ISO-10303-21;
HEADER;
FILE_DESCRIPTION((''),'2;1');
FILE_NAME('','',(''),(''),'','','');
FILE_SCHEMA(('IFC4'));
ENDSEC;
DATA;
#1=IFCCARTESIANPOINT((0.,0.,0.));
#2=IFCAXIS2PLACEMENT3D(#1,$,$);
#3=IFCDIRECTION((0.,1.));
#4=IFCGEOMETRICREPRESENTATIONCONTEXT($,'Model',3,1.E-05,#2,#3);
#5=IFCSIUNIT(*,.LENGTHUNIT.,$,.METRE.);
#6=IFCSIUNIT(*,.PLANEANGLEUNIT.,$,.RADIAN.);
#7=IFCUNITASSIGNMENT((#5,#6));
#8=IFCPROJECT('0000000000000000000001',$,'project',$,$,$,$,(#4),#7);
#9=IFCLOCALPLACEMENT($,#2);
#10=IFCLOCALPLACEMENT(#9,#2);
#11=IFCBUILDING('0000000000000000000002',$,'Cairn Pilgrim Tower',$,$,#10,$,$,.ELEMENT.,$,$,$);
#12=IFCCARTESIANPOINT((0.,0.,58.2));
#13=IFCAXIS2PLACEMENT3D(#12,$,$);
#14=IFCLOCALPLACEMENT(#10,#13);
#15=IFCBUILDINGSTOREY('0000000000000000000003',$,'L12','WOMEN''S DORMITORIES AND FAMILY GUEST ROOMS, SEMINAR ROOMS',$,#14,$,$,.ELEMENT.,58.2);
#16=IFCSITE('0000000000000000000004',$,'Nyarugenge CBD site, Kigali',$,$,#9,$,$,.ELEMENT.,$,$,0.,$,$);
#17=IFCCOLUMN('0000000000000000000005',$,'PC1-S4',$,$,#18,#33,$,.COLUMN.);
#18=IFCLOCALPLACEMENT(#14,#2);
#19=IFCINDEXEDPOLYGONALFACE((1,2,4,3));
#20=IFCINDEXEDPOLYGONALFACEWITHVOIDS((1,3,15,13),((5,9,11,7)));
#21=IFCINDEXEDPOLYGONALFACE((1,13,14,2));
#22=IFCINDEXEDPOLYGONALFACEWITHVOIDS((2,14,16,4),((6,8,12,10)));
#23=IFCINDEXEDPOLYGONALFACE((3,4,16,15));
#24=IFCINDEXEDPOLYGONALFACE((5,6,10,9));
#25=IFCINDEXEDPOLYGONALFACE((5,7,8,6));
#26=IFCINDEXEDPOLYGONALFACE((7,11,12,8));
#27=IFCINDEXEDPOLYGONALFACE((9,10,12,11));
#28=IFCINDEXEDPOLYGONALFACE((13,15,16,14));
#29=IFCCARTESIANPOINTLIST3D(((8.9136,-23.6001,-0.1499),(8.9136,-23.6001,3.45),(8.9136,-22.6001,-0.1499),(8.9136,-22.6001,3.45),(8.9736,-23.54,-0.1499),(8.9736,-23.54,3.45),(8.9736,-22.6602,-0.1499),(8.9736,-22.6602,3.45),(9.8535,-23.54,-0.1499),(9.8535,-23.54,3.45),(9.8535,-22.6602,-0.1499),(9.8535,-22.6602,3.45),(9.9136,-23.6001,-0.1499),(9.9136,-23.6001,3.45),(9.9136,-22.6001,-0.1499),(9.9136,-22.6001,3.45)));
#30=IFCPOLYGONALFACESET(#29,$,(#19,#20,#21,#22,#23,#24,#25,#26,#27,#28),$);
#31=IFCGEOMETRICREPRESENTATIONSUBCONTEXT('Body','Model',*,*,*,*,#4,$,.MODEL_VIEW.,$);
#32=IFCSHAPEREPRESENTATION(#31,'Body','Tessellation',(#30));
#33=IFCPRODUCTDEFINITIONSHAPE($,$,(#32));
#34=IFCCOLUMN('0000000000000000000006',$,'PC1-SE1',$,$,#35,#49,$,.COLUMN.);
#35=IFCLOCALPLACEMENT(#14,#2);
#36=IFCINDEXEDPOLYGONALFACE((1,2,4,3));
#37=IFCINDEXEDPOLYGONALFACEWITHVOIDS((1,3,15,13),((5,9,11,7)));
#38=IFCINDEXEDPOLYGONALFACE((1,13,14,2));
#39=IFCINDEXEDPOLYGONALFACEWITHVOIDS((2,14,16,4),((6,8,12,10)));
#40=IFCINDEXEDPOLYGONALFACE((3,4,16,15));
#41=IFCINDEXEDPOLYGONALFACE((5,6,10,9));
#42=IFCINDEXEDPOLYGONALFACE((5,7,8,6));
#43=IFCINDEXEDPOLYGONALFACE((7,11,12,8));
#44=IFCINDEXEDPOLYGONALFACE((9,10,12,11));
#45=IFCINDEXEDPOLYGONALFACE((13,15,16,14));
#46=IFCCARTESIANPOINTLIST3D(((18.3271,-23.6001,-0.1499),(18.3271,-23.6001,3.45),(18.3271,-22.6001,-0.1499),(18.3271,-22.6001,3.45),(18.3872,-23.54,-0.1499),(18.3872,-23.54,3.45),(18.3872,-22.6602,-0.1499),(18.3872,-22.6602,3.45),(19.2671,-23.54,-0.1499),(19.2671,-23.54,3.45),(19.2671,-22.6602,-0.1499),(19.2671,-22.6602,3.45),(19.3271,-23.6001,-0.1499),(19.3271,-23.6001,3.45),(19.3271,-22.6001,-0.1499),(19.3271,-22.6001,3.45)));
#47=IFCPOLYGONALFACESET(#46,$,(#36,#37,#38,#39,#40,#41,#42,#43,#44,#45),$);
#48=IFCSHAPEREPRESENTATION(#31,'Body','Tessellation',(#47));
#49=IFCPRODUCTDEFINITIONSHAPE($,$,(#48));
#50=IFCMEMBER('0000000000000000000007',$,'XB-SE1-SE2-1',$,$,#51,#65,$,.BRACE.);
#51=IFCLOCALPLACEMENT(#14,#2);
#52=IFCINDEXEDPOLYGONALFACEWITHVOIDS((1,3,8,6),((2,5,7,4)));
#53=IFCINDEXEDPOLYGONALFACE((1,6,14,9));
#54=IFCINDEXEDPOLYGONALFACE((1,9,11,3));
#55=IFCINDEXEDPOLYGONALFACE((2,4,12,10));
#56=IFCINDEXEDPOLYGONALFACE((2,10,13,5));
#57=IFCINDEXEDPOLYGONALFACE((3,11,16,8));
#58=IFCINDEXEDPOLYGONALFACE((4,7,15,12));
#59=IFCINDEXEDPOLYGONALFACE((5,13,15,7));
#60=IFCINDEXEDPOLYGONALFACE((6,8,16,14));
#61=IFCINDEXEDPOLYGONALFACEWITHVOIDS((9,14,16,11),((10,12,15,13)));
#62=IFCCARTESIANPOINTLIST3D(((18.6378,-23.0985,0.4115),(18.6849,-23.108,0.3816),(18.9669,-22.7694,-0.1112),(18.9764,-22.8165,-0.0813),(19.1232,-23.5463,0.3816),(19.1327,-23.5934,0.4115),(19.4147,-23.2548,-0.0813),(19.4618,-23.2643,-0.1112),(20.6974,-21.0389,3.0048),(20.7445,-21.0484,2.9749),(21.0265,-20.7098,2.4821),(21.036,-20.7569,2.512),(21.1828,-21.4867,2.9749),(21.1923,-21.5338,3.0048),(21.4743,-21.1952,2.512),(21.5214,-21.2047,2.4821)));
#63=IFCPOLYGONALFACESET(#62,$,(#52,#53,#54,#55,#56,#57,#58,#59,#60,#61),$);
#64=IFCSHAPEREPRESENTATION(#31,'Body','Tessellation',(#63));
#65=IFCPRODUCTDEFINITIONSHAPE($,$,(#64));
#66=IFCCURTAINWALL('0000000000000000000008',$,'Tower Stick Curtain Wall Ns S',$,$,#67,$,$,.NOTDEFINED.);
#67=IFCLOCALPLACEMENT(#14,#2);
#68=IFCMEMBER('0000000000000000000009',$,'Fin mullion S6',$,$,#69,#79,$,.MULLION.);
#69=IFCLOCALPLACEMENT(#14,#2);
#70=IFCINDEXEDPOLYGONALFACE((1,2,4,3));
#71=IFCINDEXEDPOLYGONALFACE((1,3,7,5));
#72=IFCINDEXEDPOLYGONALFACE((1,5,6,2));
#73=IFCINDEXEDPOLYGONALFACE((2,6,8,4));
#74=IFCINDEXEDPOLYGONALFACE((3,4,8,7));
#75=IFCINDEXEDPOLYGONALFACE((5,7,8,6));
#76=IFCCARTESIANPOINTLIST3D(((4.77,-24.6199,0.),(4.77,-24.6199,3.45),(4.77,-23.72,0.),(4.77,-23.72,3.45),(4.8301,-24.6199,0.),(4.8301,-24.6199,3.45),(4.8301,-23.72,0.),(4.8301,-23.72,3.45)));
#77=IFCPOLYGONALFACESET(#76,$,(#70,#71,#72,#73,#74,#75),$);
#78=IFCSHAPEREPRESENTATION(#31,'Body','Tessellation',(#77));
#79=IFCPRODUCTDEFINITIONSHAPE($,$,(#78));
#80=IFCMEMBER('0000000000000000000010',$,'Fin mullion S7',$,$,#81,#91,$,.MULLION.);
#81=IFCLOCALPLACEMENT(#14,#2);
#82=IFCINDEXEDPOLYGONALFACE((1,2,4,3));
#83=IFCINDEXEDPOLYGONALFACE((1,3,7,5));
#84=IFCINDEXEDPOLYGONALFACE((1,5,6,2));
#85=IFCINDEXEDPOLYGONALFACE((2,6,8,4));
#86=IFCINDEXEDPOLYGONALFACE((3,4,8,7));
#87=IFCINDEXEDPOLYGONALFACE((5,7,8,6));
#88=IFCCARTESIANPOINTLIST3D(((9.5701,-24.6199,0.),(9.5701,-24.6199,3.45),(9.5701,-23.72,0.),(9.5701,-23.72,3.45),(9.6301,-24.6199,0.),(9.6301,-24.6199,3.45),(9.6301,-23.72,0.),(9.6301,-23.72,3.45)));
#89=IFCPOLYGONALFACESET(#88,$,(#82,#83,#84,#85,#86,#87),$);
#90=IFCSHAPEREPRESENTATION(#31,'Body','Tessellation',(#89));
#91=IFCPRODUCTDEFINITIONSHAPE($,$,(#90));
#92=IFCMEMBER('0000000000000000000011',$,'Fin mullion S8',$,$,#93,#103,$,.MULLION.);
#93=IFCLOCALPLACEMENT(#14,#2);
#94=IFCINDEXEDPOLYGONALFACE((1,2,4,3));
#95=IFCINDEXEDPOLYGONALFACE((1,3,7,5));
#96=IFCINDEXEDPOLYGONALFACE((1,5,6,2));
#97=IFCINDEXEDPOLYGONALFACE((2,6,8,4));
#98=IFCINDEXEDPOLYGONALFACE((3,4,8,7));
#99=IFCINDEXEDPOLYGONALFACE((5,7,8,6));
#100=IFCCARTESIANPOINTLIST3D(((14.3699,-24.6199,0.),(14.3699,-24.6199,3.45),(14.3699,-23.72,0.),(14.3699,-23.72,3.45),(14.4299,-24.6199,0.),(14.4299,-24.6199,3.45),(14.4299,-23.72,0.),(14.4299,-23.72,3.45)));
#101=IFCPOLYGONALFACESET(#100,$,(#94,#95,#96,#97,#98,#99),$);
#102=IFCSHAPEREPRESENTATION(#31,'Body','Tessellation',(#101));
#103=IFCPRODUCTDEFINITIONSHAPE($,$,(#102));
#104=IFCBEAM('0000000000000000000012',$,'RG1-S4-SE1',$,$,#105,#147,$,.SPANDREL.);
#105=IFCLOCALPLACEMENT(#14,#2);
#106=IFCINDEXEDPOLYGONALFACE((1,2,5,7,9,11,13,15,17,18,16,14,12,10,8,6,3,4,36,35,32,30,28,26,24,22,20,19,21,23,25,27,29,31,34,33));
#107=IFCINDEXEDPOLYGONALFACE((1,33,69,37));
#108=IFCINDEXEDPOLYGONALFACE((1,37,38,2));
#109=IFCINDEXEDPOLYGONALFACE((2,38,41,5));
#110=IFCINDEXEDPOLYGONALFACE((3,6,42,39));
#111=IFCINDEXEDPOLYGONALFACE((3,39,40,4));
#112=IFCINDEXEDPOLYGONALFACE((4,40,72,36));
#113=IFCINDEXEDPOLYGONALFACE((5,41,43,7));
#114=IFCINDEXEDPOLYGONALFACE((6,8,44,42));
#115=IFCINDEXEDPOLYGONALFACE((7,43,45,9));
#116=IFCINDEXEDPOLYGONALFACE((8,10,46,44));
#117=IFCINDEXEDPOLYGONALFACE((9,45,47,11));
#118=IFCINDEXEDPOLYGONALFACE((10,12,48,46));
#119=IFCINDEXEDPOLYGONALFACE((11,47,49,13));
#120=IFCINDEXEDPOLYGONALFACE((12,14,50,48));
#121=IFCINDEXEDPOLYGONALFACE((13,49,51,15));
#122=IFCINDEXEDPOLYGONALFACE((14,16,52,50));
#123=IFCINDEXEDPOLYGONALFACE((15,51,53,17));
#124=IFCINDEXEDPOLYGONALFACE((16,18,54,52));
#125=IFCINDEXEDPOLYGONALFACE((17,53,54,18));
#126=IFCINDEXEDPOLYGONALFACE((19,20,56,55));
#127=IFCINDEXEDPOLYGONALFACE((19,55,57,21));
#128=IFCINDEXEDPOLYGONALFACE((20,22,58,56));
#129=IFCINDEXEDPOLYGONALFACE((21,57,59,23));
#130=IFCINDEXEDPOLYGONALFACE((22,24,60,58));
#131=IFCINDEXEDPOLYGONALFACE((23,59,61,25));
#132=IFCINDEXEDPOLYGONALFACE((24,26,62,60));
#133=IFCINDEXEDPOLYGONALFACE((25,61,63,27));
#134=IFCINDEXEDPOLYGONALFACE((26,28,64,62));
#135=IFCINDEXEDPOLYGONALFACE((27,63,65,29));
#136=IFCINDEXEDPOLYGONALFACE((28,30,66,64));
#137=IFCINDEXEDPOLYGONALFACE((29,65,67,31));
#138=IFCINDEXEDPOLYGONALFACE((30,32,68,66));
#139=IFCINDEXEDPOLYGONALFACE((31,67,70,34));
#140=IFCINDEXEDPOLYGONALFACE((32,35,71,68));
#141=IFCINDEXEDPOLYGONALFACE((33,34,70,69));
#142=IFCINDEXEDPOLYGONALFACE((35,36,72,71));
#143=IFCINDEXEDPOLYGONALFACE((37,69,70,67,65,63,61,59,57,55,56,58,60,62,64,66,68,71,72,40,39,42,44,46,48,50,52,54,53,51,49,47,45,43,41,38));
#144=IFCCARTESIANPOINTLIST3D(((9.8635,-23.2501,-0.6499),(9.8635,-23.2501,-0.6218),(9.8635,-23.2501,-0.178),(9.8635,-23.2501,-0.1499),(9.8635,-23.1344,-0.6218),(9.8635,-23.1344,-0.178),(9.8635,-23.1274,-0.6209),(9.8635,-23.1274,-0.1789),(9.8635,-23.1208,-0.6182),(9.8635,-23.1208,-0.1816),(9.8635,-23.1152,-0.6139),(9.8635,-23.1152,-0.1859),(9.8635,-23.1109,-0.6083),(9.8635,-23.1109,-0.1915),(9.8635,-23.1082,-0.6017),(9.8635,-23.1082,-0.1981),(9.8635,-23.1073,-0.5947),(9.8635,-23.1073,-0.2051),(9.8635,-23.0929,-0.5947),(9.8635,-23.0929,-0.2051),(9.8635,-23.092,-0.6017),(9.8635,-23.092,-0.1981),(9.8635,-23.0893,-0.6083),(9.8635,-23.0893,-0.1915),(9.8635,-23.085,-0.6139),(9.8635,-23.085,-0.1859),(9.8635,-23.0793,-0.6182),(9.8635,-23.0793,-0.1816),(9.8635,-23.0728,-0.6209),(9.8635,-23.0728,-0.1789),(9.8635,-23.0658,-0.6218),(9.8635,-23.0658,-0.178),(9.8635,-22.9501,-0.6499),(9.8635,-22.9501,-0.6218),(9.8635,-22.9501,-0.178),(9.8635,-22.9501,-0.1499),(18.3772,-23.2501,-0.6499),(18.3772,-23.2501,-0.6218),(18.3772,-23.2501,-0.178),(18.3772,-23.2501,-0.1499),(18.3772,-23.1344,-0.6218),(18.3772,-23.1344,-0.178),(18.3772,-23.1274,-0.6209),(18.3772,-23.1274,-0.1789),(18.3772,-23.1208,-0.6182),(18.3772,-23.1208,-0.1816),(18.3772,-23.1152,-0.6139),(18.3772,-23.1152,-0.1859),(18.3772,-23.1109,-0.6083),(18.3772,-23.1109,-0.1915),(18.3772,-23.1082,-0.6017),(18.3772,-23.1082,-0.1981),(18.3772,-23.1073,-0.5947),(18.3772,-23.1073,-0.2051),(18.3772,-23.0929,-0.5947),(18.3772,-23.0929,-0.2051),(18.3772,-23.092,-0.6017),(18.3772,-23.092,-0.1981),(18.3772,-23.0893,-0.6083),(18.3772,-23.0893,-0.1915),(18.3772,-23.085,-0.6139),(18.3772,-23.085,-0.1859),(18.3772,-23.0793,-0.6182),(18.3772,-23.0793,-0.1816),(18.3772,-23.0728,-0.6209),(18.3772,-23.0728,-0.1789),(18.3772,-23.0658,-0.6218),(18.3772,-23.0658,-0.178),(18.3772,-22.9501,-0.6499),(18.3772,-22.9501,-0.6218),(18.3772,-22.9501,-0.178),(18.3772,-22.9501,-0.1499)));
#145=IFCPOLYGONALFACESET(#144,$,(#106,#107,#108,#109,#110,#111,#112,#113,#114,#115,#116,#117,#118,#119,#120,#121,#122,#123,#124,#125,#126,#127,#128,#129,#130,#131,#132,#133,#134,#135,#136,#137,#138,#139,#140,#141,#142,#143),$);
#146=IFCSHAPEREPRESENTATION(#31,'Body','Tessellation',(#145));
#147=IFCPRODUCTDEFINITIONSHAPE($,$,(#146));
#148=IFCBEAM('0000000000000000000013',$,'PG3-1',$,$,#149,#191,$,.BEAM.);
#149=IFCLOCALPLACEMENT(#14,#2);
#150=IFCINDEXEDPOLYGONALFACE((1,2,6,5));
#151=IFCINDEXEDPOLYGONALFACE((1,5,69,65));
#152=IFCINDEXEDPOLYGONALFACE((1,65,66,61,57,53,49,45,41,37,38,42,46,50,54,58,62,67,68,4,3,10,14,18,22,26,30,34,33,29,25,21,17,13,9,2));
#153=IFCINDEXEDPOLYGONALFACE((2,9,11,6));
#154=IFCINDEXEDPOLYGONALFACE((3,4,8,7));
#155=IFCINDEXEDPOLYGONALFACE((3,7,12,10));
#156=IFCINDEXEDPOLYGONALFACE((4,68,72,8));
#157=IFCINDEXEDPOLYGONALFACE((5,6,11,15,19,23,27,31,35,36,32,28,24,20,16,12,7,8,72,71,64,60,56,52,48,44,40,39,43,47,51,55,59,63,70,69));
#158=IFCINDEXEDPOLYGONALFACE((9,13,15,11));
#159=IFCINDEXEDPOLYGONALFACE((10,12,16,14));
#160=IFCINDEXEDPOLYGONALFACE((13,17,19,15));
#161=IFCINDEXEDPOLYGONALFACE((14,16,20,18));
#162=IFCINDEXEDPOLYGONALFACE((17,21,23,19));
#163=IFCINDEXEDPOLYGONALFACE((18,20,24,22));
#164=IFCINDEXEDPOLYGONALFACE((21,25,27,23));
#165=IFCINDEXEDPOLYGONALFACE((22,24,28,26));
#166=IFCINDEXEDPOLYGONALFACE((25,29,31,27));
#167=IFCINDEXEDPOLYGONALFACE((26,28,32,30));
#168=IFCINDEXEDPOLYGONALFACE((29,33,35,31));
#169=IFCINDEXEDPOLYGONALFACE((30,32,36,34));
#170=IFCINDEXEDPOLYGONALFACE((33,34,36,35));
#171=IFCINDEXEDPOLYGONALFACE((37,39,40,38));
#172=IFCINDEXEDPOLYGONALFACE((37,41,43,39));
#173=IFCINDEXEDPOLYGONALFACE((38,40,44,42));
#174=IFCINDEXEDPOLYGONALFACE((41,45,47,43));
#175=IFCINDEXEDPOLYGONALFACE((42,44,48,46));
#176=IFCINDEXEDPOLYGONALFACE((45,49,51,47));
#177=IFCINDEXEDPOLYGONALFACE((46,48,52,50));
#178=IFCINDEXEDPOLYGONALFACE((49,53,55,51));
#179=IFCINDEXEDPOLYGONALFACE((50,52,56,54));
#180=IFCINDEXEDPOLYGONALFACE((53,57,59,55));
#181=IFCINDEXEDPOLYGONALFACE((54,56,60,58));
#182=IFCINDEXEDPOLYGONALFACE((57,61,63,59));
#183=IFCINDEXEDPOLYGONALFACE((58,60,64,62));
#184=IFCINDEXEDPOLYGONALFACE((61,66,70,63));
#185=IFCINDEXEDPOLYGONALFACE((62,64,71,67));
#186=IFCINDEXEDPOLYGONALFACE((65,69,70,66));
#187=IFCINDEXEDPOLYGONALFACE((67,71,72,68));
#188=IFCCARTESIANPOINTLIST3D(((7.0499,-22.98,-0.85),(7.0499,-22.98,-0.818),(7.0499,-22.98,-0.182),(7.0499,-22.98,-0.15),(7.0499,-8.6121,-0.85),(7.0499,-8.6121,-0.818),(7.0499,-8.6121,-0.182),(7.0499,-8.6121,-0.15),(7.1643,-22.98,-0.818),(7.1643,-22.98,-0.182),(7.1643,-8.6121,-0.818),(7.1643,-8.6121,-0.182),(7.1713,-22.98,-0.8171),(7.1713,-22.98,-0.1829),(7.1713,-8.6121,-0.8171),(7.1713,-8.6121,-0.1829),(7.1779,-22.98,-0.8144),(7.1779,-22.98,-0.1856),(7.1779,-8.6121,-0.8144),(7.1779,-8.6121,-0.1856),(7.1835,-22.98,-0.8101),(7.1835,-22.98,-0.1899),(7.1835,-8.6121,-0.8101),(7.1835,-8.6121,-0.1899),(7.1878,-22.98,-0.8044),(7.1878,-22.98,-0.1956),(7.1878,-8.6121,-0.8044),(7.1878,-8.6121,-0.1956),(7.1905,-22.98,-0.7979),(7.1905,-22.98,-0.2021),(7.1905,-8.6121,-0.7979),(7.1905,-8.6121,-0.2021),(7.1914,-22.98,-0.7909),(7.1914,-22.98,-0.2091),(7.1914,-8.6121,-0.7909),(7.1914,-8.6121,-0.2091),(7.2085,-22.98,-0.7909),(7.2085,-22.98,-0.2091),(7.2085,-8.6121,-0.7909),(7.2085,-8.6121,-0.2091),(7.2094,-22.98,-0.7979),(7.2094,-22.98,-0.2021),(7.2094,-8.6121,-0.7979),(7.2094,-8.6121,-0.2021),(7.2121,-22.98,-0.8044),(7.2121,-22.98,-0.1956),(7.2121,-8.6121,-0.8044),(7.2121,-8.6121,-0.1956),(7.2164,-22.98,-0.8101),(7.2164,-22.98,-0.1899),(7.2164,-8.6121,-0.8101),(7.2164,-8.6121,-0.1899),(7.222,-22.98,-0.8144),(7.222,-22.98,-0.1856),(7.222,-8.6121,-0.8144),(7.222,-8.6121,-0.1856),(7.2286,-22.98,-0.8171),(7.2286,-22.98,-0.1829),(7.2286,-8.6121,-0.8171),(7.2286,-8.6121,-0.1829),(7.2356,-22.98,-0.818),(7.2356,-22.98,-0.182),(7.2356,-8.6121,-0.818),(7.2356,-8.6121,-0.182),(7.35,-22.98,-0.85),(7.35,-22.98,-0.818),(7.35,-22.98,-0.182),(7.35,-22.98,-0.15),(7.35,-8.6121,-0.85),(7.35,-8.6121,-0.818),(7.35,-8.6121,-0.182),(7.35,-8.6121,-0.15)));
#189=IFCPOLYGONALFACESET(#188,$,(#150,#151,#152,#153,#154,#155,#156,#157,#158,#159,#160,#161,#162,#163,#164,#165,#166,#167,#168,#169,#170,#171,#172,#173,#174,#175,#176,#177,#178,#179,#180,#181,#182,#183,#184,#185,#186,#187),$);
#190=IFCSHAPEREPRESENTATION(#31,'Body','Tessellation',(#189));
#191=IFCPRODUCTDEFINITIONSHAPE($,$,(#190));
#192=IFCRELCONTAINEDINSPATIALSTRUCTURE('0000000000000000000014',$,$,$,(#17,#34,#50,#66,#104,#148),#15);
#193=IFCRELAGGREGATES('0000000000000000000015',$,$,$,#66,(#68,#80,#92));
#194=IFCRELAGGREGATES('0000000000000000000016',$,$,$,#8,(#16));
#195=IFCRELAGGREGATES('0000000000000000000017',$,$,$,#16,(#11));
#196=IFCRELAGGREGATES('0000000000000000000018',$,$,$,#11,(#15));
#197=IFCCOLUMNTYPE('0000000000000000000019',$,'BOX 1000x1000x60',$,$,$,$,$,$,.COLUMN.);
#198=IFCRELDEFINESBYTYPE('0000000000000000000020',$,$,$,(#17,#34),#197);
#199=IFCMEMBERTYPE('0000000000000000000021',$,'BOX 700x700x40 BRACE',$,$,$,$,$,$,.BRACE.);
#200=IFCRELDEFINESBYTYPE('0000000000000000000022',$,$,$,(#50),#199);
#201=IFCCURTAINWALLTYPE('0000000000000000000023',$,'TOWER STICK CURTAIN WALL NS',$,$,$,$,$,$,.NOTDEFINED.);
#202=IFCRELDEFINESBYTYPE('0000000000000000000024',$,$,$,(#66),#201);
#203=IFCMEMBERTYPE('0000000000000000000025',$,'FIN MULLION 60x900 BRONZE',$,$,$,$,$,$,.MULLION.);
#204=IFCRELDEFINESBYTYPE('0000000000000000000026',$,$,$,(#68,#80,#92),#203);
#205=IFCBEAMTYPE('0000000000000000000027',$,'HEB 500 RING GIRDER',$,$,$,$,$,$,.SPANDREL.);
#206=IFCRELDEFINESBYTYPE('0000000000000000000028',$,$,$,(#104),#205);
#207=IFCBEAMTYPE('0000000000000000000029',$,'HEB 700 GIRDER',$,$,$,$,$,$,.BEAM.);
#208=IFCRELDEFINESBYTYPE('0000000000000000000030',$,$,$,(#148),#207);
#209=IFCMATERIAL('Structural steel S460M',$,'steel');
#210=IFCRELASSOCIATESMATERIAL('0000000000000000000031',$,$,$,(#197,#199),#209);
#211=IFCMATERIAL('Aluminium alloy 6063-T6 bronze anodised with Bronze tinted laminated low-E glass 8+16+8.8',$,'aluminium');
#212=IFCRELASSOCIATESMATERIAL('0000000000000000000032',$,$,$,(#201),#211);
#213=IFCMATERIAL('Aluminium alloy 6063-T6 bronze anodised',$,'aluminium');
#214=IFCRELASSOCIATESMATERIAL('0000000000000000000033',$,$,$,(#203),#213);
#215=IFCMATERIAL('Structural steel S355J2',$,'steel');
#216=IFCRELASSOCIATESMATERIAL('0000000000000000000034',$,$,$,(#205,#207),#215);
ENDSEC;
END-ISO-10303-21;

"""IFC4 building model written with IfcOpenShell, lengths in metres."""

from ifc_helpers import new_model, si_unit, direction, frame, origin, origin_2d, place, context, subcontext, project, spatial, rectangle, hollow_rectangle, i_section, extrude, material, material_profile, profile_set, type_object, element, aggregate, save


model = new_model("IFC4")

# Units and contexts
model_context = context("Model", 3, precision=1e-05, world=origin(), true_north=direction((0.0, 1.0)))
body_context = subcontext(model_context, "Body", "Model", "MODEL_VIEW")
ifc_project = project(units=[si_unit("LENGTHUNIT", "METRE"), si_unit("PLANEANGLEUNIT", "RADIAN")], contexts=[model_context])

# Site, building, storey
site_placement = place(None, origin())
site = spatial("IfcSite", under=ifc_project, at=site_placement, Name="Nyarugenge CBD site, Kigali", CompositionType="ELEMENT", RefElevation=0.0)
building_placement = place(site_placement, origin())
building = spatial("IfcBuilding", under=site, at=building_placement, Name="Cairn Pilgrim Tower", CompositionType="ELEMENT")
storey_placement = place(building_placement, frame((0.0, 0.0, 58.2)))
storey = spatial("IfcBuildingStorey", under=building, at=storey_placement, Name="L12", Description="WOMEN'S DORMITORIES AND FAMILY GUEST ROOMS, SEMINAR ROOMS", CompositionType="ELEMENT", Elevation=58.2)

# Columns
ifc_material_1 = material(Name="Structural steel S460M", Category="steel")
ifc_material_profile_1 = material_profile(ifc_material_1, hollow_rectangle(XDim=1.0, YDim=1.0, WallThickness=0.0601, at=origin_2d()), Name="BOX 1000x1000x60")
ifc_profile_set_1 = profile_set([ifc_material_profile_1], Name="Structural steel S460M")
column_type = type_object("IfcColumnType", Name="BOX 1000x1000x60", PredefinedType="COLUMN", material=ifc_profile_set_1)
for number, where, z_axis, x_axis, name in (
    (1, (9.4136, -23.1001, -0.1499), (0.0, 0.0, 1.0), (1.0, 0.0, 0.0), "PC1-S4"),
    (2, (18.8271, -23.1001, -0.1499), (0.0, 0.0, 1.0), (1.0, 0.0, 0.0), "PC1-SE1"),
):
    element("IfcColumn", number, at=place(storey_placement, frame(where, z_axis=z_axis, x_axis=x_axis)), inside=storey, type_object=column_type, Name=name, PredefinedType="COLUMN", context=body_context, shape_type="SweptSolid", body=[
        extrude(hollow_rectangle(XDim=1.0, YDim=1.0, WallThickness=0.0601, at=origin_2d()), origin(), (0.0, 0.0, 1.0), 3.5999),
    ])

# Member
ifc_material_profile_2 = material_profile(ifc_material_1, hollow_rectangle(XDim=0.7, YDim=0.7, WallThickness=0.04, at=origin_2d()), Name="BOX 700x700x40")
ifc_profile_set_2 = profile_set([ifc_material_profile_2], Name="Structural steel S460M")
member_type_1 = type_object("IfcMemberType", Name="BOX 700x700x40 BRACE", PredefinedType="BRACE", material=ifc_profile_set_2)
member_1_placement = place(storey_placement, frame((19.0498, -23.1814, 0.1501), z_axis=(0.528118, 0.528118, 0.664968), x_axis=(-0.707107, 0.707107, 0.0)))
element("IfcMember", 3, at=member_1_placement, inside=storey, type_object=member_type_1, Name="XB-SE1-SE2-1", PredefinedType="BRACE", context=body_context, shape_type="SweptSolid", body=[
    extrude(hollow_rectangle(XDim=0.7, YDim=0.7, WallThickness=0.04, at=origin_2d()), origin(), (0.0, 0.0, 1.0), 3.8999),
])

# Curtain wall, members
ifc_material_2 = material(Name="Aluminium alloy 6063-T6 bronze anodised with Bronze tinted laminated low-E glass 8+16+8.8", Category="aluminium")
curtain_wall_type_1 = type_object("IfcCurtainWallType", Name="TOWER STICK CURTAIN WALL NS", PredefinedType="NOTDEFINED", material=ifc_material_2)
curtain_wall_1_placement = place(storey_placement, origin())
curtain_wall_1 = element("IfcCurtainWall", 4, at=curtain_wall_1_placement, inside=storey, type_object=curtain_wall_type_1, Name="Tower Stick Curtain Wall Ns S", PredefinedType="NOTDEFINED")
ifc_material_3 = material(Name="Aluminium alloy 6063-T6 bronze anodised", Category="aluminium")
ifc_material_profile_3 = material_profile(ifc_material_3, rectangle(XDim=0.8999, YDim=0.0601, at=origin_2d()), Name="FIN MULLION 60x900 BRONZE")
ifc_profile_set_3 = profile_set([ifc_material_profile_3], Name="Aluminium alloy 6063-T6 bronze anodised")
member_type_2 = type_object("IfcMemberType", Name="FIN MULLION 60x900 BRONZE", PredefinedType="MULLION", material=ifc_profile_set_3)
member_2_placement = place(storey_placement, frame((4.8, -24.1699, 0.0), z_axis=(0.0, 0.0, 1.0), x_axis=(0.0, -1.0, 0.0)))
member_2 = element("IfcMember", 5, at=member_2_placement, type_object=member_type_2, Name="Fin mullion S6", PredefinedType="MULLION", context=body_context, shape_type="SweptSolid", body=[
    extrude(rectangle(XDim=0.8999, YDim=0.0601, at=origin_2d()), origin(), (0.0, 0.0, 1.0), 3.45),
])
member_3_placement = place(storey_placement, frame((9.6001, -24.1699, 0.0), z_axis=(0.0, 0.0, 1.0), x_axis=(0.0, -1.0, 0.0)))
member_3 = element("IfcMember", 6, at=member_3_placement, type_object=member_type_2, Name="Fin mullion S7", PredefinedType="MULLION", context=body_context, shape_type="SweptSolid", body=[
    extrude(rectangle(XDim=0.8999, YDim=0.0601, at=origin_2d()), origin(), (0.0, 0.0, 1.0), 3.45),
])
member_4_placement = place(storey_placement, frame((14.3999, -24.1699, 0.0), z_axis=(0.0, 0.0, 1.0), x_axis=(0.0, -1.0, 0.0)))
member_4 = element("IfcMember", 7, at=member_4_placement, type_object=member_type_2, Name="Fin mullion S8", PredefinedType="MULLION", context=body_context, shape_type="SweptSolid", body=[
    extrude(rectangle(XDim=0.8999, YDim=0.0601, at=origin_2d()), origin(), (0.0, 0.0, 1.0), 3.45),
])

# Beams
ifc_material_4 = material(Name="Structural steel S355J2", Category="steel")
ifc_material_profile_4 = material_profile(ifc_material_4, i_section(OverallWidth=0.3, OverallDepth=0.5, WebThickness=0.0144, FlangeThickness=0.0281, FilletRadius=0.0271, at=origin_2d()), Name="HEB 500")
ifc_profile_set_4 = profile_set([ifc_material_profile_4], Name="Structural steel S355J2")
beam_type_1 = type_object("IfcBeamType", Name="HEB 500 RING GIRDER", PredefinedType="SPANDREL", material=ifc_profile_set_4)
beam_1_placement = place(storey_placement, frame((9.8635, -23.1001, -0.3999), z_axis=(1.0, 0.0, 0.0), x_axis=(0.0, 1.0, 0.0)))
element("IfcBeam", 8, at=beam_1_placement, inside=storey, type_object=beam_type_1, Name="RG1-S4-SE1", PredefinedType="SPANDREL", context=body_context, shape_type="SweptSolid", body=[
    extrude(i_section(OverallWidth=0.3, OverallDepth=0.5, WebThickness=0.0144, FlangeThickness=0.0281, FilletRadius=0.0271, at=origin_2d()), origin(), (0.0, 0.0, 1.0), 8.5137),
])
ifc_material_profile_5 = material_profile(ifc_material_4, i_section(OverallWidth=0.3, OverallDepth=0.7, WebThickness=0.0171, FlangeThickness=0.032, FilletRadius=0.0271, at=origin_2d()), Name="HEB 700")
ifc_profile_set_5 = profile_set([ifc_material_profile_5], Name="Structural steel S355J2")
beam_type_2 = type_object("IfcBeamType", Name="HEB 700 GIRDER", PredefinedType="BEAM", material=ifc_profile_set_5)
beam_2_placement = place(storey_placement, frame((7.2, -22.98, -0.5), z_axis=(0.0, 1.0, 0.0), x_axis=(-1.0, 0.0, 0.0)))
element("IfcBeam", 9, at=beam_2_placement, inside=storey, type_object=beam_type_2, Name="PG3-1", PredefinedType="BEAM", context=body_context, shape_type="SweptSolid", body=[
    extrude(i_section(OverallWidth=0.3, OverallDepth=0.7, WebThickness=0.0171, FlangeThickness=0.032, FilletRadius=0.0271, at=origin_2d()), origin(), (0.0, 0.0, 1.0), 14.3679),
])

aggregate(curtain_wall_1, [member_2, member_3, member_4])

save(model, "model.ifc")
